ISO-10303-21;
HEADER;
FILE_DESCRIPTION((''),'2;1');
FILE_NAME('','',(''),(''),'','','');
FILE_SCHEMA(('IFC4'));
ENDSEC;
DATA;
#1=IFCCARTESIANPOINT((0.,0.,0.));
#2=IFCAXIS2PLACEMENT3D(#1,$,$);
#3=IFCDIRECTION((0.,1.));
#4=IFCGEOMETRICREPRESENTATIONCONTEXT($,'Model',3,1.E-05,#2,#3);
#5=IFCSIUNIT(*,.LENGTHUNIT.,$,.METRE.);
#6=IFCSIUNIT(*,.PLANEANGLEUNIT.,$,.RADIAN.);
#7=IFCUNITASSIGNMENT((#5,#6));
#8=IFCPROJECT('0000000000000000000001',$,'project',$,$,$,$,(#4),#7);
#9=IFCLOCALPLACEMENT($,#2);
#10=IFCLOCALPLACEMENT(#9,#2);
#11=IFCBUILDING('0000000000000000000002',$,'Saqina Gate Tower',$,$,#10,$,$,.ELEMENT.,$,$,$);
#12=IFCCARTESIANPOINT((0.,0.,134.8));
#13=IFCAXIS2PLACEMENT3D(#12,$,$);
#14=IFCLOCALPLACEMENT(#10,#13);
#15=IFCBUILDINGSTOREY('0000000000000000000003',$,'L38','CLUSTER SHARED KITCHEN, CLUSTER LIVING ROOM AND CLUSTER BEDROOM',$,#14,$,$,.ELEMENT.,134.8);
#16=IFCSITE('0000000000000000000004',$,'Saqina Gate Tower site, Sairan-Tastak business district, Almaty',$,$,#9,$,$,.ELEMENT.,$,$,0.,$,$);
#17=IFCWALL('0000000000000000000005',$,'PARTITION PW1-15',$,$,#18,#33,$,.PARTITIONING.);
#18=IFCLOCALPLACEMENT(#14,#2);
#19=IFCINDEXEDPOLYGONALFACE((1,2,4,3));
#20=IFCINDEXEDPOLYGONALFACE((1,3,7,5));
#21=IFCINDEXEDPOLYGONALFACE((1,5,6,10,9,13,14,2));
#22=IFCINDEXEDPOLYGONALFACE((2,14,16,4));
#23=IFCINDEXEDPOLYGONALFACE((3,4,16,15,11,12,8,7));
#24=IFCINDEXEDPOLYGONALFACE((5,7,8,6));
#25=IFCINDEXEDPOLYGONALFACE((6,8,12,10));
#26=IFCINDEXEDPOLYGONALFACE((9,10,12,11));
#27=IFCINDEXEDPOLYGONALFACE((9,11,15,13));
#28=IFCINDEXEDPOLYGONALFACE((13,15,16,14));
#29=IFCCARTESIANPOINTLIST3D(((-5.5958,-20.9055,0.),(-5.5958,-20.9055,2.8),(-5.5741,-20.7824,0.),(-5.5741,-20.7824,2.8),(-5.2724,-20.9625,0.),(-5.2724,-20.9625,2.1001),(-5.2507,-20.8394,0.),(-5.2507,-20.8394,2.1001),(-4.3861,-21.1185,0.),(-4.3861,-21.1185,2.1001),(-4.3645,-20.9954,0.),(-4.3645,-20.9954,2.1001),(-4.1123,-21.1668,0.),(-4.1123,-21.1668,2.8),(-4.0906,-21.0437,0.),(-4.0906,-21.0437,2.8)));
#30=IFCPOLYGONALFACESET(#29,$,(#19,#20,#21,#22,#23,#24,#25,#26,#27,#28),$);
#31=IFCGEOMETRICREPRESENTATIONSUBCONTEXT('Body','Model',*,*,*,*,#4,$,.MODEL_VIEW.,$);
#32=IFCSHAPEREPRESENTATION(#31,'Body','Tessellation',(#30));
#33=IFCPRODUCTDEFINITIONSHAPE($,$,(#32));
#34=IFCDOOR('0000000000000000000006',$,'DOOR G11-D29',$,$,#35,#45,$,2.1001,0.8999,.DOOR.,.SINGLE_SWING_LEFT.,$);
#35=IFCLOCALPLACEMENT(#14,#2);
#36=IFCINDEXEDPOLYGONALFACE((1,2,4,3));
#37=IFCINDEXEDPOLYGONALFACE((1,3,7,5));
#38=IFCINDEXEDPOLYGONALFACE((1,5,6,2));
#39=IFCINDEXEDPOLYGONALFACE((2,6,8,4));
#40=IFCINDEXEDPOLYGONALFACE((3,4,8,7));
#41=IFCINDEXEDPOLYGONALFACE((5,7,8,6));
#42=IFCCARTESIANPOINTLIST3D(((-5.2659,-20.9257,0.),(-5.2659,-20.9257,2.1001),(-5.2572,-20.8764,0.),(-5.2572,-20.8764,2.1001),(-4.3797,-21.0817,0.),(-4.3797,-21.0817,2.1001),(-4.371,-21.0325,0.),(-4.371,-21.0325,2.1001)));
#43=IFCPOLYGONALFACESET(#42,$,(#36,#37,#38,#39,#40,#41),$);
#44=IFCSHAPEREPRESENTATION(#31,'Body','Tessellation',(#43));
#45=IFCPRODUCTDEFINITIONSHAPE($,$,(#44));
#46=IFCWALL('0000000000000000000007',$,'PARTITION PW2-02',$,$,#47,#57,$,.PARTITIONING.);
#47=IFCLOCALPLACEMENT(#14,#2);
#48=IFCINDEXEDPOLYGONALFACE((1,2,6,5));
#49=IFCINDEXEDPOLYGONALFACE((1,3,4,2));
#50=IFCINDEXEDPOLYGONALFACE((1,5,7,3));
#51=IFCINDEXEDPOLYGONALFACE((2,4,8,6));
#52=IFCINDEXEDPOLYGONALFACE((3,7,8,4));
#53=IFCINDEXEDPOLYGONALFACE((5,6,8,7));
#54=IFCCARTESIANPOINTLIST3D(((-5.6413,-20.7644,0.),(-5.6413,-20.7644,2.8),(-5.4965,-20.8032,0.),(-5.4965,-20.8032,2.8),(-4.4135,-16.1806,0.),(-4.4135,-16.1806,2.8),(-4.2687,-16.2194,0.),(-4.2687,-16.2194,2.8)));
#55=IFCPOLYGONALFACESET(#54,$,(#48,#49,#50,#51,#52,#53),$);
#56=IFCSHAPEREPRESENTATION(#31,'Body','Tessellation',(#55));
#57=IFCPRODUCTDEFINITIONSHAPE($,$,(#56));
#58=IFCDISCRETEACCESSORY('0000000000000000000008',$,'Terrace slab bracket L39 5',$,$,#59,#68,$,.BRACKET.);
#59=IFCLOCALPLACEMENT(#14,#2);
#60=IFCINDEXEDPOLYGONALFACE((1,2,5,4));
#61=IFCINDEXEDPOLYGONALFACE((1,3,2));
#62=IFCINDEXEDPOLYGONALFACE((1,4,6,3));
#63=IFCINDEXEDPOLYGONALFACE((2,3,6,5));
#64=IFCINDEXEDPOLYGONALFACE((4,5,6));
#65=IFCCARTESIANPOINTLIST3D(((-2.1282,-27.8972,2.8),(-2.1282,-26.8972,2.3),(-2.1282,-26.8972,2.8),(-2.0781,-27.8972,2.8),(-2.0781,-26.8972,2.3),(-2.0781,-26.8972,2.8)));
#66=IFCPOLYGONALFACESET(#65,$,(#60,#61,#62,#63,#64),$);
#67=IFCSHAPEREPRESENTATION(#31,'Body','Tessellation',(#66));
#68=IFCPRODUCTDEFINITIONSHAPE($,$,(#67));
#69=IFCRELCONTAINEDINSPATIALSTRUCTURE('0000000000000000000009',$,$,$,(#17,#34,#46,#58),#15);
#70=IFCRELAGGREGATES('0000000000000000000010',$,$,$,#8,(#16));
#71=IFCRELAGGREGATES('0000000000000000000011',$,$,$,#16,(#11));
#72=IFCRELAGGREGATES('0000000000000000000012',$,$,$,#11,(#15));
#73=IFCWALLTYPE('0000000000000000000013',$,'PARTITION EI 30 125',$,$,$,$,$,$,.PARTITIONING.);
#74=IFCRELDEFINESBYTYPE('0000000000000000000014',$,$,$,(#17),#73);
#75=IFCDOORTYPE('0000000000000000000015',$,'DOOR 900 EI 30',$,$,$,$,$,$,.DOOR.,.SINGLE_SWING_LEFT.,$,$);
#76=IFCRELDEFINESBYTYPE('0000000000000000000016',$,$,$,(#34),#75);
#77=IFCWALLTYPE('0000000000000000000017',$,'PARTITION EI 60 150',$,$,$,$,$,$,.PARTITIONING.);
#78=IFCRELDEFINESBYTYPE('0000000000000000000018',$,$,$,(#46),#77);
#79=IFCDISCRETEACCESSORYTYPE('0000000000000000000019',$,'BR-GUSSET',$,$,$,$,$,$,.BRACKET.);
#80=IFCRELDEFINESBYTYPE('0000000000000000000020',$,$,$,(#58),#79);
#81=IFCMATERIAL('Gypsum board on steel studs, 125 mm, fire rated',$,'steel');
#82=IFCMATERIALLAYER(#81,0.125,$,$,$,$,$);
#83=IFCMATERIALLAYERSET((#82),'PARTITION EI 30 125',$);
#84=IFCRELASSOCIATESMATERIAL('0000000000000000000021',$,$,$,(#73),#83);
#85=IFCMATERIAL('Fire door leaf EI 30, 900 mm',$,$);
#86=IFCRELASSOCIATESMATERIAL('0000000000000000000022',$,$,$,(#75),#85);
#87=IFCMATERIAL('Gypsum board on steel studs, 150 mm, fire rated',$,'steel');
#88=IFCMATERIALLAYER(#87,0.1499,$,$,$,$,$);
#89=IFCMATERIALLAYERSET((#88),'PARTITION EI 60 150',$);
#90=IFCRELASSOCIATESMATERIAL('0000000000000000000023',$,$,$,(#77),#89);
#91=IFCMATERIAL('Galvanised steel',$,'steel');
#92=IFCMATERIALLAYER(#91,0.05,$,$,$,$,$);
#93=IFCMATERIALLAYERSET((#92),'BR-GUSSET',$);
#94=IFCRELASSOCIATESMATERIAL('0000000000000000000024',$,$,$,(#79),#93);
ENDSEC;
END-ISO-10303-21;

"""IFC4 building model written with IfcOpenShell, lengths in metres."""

from ifc_helpers import new_model, si_unit, direction, frame, frame_2d, origin, place, context, subcontext, project, spatial, polyline, rectangle, outline, extrude, material, layer, layer_set, type_object, element, fill, save


model = new_model("IFC4")

# Units and contexts
model_context = context("Model", 3, precision=1e-05, world=origin(), true_north=direction((0.0, 1.0)))
body_context = subcontext(model_context, "Body", "Model", "MODEL_VIEW")
ifc_project = project(units=[si_unit("LENGTHUNIT", "METRE"), si_unit("PLANEANGLEUNIT", "RADIAN")], contexts=[model_context])

# Site, building, storey
site_placement = place(None, origin())
site = spatial("IfcSite", under=ifc_project, at=site_placement, Name="Saqina Gate Tower site, Sairan-Tastak business district, Almaty", CompositionType="ELEMENT", RefElevation=0.0)
building_placement = place(site_placement, origin())
building = spatial("IfcBuilding", under=site, at=building_placement, Name="Saqina Gate Tower", CompositionType="ELEMENT")
storey_placement = place(building_placement, frame((0.0, 0.0, 134.8)))
storey = spatial("IfcBuildingStorey", under=building, at=storey_placement, Name="L38", Description="CLUSTER SHARED KITCHEN, CLUSTER LIVING ROOM AND CLUSTER BEDROOM", CompositionType="ELEMENT", Elevation=134.8)

# Wall, opening, door
ifc_material_1 = material(Name="Gypsum board on steel studs, 125 mm, fire rated", Category="steel")
ifc_layer_1 = layer(ifc_material_1, 0.125)
ifc_layer_set_1 = layer_set([ifc_layer_1], Name="PARTITION EI 30 125")
wall_type_1 = type_object("IfcWallType", Name="PARTITION EI 30 125", PredefinedType="PARTITIONING", material=ifc_layer_set_1)
wall_1_placement = place(storey_placement, frame((-5.585, -20.844, 0.0), z_axis=(0.0, 0.0, 1.0), x_axis=(0.98485, -0.173406, 0.0)))
wall_1 = element("IfcWall", 1, at=wall_1_placement, inside=storey, type_object=wall_type_1, Name="PARTITION PW1-15", PredefinedType="PARTITIONING", context=body_context, shape_type="SweptSolid", body=[
    extrude(rectangle(XDim=1.5063, YDim=0.125, at=frame_2d((0.7532, 0.0))), origin(), (0.0, 0.0, 1.0), 2.8),
])
opening_1_placement = place(wall_1_placement, frame((0.3284, 0.0, 0.0)))
opening_1 = element("IfcOpeningElement", 2, at=opening_1_placement, cuts=wall_1, PredefinedType="OPENING", context=body_context, shape_type="SweptSolid", body=[
    extrude(rectangle(XDim=0.8999, YDim=2.1001, at=frame_2d((0.45, 1.05))), frame((0.0, 0.0745, 0.0), z_axis=(0.0, -1.0, 0.0), x_axis=(1.0, 0.0, 0.0)), (0.0, 0.0, 1.0), 0.1489),
])
ifc_material_2 = material(Name="Fire door leaf EI 30, 900 mm")
door_type_1 = type_object("IfcDoorType", Name="DOOR 900 EI 30", OperationType="SINGLE_SWING_LEFT", PredefinedType="DOOR", material=ifc_material_2)
door_1_placement = place(opening_1_placement, origin())
door_1 = element("IfcDoor", 3, at=door_1_placement, inside=storey, type_object=door_type_1, Name="DOOR G11-D29", OperationType="SINGLE_SWING_LEFT", OverallHeight=2.1001, OverallWidth=0.8999, PredefinedType="DOOR", context=body_context, shape_type="SweptSolid", body=[
    extrude(rectangle(XDim=0.8999, YDim=2.1001, at=frame_2d((0.45, 1.05))), frame((0.0, 0.0249, 0.0), z_axis=(0.0, -1.0, 0.0), x_axis=(1.0, 0.0, 0.0)), (0.0, 0.0, 1.0), 0.05),
])
fill(opening_1, door_1)

# Wall
ifc_material_3 = material(Name="Gypsum board on steel studs, 150 mm, fire rated", Category="steel")
ifc_layer_2 = layer(ifc_material_3, 0.1499)
ifc_layer_set_2 = layer_set([ifc_layer_2], Name="PARTITION EI 60 150")
wall_type_2 = type_object("IfcWallType", Name="PARTITION EI 60 150", PredefinedType="PARTITIONING", material=ifc_layer_set_2)
wall_2_placement = place(storey_placement, frame((-5.5688, -20.7837, 0.0), z_axis=(0.0, 0.0, 1.0), x_axis=(0.258735, 0.965948, 0.0)))
element("IfcWall", 4, at=wall_2_placement, inside=storey, type_object=wall_type_2, Name="PARTITION PW2-02", PredefinedType="PARTITIONING", context=body_context, shape_type="SweptSolid", body=[
    extrude(rectangle(XDim=4.7454, YDim=0.1499, at=frame_2d((2.3726, 0.0))), origin(), (0.0, 0.0, 1.0), 2.8),
])

# Discrete accessory
ifc_material_4 = material(Name="Galvanised steel", Category="steel")
ifc_layer_3 = layer(ifc_material_4, 0.05)
ifc_layer_set_3 = layer_set([ifc_layer_3], Name="BR-GUSSET")
discrete_accessory_type = type_object("IfcDiscreteAccessoryType", Name="BR-GUSSET", PredefinedType="BRACKET", material=ifc_layer_set_3)
discrete_accessory_placement = place(storey_placement, frame((-2.0781, -26.8972, 2.3), z_axis=(1.0, 0.0, 0.0), x_axis=(0.0, 0.0, 1.0)))
element("IfcDiscreteAccessory", 5, at=discrete_accessory_placement, inside=storey, type_object=discrete_accessory_type, Name="Terrace slab bracket L39 5", PredefinedType="BRACKET", context=body_context, shape_type="SweptSolid", body=[
    extrude(outline(polyline([(0.0, 0.0), (0.5, 0.0), (0.5, 1.0), (0.0, 0.0)])), origin(), (0.0, 0.0, -1.0), 0.05),
])

save(model, "model.ifc")
